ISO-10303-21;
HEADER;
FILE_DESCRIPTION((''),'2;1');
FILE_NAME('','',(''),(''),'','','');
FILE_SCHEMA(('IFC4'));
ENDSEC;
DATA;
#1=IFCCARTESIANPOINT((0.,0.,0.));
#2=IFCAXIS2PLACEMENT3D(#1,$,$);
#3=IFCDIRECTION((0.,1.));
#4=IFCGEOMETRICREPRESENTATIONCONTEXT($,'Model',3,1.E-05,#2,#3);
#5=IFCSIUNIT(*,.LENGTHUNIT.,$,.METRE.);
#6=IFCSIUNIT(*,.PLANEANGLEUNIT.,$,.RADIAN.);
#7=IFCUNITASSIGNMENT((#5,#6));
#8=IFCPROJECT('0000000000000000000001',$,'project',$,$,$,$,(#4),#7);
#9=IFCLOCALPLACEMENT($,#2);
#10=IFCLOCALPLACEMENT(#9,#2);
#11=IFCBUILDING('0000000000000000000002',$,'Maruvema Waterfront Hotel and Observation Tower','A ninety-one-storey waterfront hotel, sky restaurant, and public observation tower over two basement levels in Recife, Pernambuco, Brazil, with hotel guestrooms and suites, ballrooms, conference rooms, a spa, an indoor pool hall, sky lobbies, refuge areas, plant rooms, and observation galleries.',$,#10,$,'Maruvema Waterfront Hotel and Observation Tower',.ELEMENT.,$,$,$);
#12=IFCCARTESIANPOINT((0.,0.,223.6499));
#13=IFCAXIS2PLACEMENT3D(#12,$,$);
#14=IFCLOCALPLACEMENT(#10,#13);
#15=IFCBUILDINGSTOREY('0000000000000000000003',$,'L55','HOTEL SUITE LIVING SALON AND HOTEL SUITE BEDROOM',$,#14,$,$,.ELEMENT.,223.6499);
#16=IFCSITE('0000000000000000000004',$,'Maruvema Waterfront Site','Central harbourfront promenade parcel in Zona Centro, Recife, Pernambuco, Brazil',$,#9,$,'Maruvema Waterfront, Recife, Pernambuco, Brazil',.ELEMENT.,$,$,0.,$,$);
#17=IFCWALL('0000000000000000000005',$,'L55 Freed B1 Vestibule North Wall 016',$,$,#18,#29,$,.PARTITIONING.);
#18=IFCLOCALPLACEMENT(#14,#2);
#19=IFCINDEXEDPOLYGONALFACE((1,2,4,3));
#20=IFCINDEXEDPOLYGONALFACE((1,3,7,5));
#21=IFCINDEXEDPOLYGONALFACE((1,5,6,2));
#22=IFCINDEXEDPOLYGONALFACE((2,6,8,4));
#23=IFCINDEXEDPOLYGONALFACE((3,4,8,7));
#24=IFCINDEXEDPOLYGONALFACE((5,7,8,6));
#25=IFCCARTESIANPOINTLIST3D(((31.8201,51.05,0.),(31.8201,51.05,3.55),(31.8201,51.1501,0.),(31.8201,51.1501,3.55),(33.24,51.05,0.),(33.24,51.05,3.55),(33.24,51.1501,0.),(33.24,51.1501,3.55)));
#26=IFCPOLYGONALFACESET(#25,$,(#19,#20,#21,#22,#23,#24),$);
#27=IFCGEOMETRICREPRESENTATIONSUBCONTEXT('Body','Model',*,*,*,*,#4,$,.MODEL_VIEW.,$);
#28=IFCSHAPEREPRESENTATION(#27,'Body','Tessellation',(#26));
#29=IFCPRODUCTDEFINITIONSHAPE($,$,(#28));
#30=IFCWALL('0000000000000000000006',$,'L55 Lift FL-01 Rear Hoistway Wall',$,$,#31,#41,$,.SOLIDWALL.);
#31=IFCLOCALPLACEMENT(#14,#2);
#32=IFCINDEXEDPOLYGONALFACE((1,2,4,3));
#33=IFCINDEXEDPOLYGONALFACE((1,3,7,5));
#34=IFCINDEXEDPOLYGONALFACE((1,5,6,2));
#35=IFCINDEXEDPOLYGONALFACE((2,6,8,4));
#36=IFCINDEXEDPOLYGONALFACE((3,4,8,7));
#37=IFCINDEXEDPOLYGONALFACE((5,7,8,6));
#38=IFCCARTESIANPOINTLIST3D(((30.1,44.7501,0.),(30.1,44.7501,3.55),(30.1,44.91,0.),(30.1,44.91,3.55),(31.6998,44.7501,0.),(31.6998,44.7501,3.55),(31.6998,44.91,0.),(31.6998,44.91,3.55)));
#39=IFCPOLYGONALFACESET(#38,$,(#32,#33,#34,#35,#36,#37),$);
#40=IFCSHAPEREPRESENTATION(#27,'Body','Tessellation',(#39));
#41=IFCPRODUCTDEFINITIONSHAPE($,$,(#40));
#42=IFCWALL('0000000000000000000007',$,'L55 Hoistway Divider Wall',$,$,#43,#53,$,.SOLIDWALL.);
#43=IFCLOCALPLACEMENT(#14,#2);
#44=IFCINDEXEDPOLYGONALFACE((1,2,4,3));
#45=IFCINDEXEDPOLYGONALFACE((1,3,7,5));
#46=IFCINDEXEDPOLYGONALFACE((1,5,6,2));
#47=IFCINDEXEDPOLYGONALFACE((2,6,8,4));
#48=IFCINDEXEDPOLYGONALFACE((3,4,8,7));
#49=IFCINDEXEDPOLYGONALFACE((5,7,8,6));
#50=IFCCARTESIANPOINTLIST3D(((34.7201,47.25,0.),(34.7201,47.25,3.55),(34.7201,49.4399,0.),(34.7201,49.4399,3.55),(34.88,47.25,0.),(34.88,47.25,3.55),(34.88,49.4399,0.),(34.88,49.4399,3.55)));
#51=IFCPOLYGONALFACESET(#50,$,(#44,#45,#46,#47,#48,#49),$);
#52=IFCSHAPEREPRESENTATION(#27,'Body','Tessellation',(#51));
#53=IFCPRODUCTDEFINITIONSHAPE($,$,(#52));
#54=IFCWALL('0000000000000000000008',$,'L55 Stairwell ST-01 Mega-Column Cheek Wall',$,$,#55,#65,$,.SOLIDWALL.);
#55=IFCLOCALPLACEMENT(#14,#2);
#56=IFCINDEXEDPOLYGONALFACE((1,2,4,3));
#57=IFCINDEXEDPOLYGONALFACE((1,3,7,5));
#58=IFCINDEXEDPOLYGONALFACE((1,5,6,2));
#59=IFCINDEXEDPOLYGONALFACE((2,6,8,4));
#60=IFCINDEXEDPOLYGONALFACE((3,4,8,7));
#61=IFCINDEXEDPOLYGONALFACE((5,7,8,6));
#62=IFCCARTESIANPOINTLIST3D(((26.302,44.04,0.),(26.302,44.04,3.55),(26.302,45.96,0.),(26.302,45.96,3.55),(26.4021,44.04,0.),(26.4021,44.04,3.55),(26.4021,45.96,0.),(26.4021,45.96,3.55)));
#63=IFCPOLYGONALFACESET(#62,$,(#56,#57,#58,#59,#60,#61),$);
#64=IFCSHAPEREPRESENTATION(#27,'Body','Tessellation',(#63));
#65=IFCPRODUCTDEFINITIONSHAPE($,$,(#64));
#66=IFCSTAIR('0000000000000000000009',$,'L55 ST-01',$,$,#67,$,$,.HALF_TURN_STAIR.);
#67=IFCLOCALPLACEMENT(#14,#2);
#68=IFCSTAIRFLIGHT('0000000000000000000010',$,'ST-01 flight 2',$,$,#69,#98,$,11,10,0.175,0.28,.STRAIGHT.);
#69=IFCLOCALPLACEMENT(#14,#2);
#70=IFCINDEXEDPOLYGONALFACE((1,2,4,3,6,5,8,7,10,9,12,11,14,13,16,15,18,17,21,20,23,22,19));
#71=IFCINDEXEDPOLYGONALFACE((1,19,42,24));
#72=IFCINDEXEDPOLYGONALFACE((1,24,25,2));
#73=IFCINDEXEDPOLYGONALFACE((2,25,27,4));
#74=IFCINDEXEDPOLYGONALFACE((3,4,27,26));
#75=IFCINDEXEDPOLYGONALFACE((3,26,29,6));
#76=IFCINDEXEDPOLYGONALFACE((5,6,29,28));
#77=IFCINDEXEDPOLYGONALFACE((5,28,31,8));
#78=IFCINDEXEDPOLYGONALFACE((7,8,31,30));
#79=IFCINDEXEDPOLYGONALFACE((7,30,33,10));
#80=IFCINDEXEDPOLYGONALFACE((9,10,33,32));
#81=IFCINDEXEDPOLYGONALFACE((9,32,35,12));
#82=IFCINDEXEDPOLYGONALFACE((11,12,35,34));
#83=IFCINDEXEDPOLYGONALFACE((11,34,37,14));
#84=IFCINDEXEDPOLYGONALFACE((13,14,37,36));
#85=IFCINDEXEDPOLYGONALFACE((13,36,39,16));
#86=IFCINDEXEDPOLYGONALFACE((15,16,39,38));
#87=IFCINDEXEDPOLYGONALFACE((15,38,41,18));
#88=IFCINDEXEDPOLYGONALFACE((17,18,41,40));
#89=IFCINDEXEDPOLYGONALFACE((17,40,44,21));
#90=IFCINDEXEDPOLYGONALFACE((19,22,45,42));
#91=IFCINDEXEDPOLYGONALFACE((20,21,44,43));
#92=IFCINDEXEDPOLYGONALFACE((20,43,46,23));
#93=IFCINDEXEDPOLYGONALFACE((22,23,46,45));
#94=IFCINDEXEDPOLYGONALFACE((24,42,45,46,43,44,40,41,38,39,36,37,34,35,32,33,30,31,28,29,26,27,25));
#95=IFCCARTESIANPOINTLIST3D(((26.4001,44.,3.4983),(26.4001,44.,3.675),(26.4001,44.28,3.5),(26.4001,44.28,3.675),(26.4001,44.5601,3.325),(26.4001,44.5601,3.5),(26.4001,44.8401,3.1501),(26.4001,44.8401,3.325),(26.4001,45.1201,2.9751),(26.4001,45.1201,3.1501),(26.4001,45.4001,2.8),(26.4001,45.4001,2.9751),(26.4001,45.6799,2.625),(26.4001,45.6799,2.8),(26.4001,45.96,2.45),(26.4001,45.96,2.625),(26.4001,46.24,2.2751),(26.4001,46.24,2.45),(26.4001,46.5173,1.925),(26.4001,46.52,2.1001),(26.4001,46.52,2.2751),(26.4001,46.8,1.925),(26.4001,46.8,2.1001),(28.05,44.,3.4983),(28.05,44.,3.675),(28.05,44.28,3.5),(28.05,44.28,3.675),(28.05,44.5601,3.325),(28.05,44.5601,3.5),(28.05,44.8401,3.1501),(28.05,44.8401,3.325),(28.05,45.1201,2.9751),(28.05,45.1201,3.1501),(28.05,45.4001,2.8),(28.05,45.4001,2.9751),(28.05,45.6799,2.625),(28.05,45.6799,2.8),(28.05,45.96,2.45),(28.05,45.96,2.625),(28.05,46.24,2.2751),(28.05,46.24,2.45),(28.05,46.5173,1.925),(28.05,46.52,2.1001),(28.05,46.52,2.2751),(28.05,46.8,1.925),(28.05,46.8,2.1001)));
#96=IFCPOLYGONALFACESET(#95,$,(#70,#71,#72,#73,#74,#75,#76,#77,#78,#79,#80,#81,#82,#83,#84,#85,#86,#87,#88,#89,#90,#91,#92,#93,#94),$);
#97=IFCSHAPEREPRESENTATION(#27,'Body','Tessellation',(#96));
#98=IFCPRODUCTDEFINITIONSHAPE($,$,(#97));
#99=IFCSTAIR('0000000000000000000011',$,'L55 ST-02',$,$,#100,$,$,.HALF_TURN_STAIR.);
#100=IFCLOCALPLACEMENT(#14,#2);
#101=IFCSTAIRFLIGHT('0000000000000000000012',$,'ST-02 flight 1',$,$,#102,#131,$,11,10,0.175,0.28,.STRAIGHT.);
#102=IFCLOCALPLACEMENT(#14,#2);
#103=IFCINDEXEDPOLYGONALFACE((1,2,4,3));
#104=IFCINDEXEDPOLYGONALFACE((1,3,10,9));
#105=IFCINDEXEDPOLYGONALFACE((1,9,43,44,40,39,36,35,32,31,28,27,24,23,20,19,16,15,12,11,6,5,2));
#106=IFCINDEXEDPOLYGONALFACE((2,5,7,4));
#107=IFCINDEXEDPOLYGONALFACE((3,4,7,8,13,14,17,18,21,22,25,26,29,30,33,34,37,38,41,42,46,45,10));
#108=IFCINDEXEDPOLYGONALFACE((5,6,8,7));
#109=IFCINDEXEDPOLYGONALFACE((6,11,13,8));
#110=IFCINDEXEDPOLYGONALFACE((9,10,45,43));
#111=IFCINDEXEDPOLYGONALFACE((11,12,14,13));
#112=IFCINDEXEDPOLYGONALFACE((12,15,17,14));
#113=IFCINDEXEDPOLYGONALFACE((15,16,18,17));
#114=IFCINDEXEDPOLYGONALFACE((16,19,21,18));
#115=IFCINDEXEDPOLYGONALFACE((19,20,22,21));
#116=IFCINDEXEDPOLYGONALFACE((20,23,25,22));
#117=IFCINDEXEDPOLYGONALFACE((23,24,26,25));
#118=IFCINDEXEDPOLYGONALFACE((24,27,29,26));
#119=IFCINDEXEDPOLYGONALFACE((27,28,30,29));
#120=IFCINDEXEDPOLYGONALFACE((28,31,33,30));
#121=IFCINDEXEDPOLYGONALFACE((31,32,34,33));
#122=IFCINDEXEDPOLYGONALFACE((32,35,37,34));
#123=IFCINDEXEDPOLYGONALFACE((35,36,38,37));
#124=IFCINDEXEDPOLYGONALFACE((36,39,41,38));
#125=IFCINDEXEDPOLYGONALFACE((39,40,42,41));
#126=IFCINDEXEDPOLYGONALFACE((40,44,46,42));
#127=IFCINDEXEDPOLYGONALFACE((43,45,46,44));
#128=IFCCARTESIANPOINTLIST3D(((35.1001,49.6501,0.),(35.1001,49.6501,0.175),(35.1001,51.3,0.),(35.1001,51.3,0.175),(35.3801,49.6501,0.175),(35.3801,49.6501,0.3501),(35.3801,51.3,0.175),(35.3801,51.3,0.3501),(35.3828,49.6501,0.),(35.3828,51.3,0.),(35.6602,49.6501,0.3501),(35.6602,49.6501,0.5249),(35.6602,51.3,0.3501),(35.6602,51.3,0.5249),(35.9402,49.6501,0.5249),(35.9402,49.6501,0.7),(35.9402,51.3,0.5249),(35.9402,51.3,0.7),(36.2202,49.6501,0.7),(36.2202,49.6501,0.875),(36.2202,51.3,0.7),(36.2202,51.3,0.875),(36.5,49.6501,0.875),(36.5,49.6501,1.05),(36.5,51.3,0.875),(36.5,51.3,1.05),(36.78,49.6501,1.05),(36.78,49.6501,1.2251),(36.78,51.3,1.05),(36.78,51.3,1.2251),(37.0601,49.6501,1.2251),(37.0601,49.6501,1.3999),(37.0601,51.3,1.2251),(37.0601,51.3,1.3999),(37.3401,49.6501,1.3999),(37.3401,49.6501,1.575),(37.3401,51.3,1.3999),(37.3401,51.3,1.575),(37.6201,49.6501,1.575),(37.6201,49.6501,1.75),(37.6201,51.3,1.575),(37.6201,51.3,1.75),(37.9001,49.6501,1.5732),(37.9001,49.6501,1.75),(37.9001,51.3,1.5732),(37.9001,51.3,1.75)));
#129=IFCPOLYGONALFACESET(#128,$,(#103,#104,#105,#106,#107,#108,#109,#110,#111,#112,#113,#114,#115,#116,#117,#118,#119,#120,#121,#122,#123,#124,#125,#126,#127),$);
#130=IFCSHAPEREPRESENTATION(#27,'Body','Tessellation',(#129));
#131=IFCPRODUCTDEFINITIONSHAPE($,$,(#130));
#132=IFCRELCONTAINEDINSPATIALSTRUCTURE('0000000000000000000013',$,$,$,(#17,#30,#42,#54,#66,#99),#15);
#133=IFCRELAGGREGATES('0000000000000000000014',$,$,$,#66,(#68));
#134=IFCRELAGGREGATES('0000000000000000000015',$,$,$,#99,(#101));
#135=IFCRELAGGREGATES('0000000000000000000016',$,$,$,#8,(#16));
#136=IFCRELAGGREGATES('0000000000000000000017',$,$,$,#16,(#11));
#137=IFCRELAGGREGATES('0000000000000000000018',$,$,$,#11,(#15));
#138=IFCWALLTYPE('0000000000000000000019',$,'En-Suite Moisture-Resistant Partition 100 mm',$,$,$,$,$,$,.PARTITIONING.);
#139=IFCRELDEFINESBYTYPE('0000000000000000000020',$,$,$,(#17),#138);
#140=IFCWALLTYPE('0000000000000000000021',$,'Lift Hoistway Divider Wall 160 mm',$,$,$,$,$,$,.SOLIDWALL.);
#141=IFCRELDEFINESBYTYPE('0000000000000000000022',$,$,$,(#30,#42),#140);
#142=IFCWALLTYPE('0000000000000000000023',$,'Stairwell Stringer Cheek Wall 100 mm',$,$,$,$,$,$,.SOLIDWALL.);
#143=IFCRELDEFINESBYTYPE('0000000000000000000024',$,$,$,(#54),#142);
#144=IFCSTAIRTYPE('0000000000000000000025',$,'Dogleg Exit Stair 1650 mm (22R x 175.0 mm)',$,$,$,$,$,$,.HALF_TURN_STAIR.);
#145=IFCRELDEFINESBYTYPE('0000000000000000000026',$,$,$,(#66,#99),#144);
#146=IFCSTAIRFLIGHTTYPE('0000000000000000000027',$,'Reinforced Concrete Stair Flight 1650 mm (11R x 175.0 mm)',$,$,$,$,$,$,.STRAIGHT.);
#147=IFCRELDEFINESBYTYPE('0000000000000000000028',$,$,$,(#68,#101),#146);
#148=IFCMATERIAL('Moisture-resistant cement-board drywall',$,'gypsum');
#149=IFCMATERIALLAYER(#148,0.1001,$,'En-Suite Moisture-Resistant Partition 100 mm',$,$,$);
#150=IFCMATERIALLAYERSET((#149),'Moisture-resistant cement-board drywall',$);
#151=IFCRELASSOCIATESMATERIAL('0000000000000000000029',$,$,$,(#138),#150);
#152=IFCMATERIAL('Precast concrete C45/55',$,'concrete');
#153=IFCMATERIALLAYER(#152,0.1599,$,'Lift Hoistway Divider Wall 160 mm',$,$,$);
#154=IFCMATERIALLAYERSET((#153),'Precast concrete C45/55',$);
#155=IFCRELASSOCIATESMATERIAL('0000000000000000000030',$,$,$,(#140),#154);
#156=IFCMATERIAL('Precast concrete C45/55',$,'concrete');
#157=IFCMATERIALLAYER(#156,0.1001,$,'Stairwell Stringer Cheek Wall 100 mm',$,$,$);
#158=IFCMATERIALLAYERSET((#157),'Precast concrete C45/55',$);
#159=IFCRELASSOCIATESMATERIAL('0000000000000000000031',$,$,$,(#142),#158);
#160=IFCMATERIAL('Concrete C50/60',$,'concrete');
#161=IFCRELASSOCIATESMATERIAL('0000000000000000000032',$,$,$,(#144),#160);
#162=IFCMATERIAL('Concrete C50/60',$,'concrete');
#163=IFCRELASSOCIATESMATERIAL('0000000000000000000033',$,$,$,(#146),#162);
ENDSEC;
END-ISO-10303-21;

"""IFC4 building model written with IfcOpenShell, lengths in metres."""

from ifc_helpers import new_model, si_unit, direction, frame, frame_2d, origin, place, context, subcontext, project, spatial, polyline, rectangle, outline, extrude, material, layer, layer_set, type_object, element, aggregate, save


model = new_model("IFC4")

# Units and contexts
model_context = context("Model", 3, precision=1e-05, world=origin(), true_north=direction((0.0, 1.0)))
body_context = subcontext(model_context, "Body", "Model", "MODEL_VIEW")
ifc_project = project(units=[si_unit("LENGTHUNIT", "METRE"), si_unit("PLANEANGLEUNIT", "RADIAN")], contexts=[model_context])

# Site, building, storey
site_placement = place(None, origin())
site = spatial("IfcSite", under=ifc_project, at=site_placement, Name="Maruvema Waterfront Site", Description="Central harbourfront promenade parcel in Zona Centro, Recife, Pernambuco, Brazil", LongName="Maruvema Waterfront, Recife, Pernambuco, Brazil", CompositionType="ELEMENT", RefElevation=0.0)
building_placement = place(site_placement, origin())
building = spatial("IfcBuilding", under=site, at=building_placement, Name="Maruvema Waterfront Hotel and Observation Tower", Description="A ninety-one-storey waterfront hotel, sky restaurant, and public observation tower over two basement levels in Recife, Pernambuco, Brazil, with hotel guestrooms and suites, ballrooms, conference rooms, a spa, an indoor pool hall, sky lobbies, refuge areas, plant rooms, and observation galleries.", LongName="Maruvema Waterfront Hotel and Observation Tower", CompositionType="ELEMENT")
storey_placement = place(building_placement, frame((0.0, 0.0, 223.6499)))
storey = spatial("IfcBuildingStorey", under=building, at=storey_placement, Name="L55", Description="HOTEL SUITE LIVING SALON AND HOTEL SUITE BEDROOM", CompositionType="ELEMENT", Elevation=223.6499)

# Shared definitions
ifc_material_1 = material(Name="Moisture-resistant cement-board drywall", Category="gypsum")
ifc_layer_1 = layer(ifc_material_1, 0.1001, Name="En-Suite Moisture-Resistant Partition 100 mm")
ifc_layer_set_1 = layer_set([ifc_layer_1], Name="Moisture-resistant cement-board drywall")
wall_type_1 = type_object("IfcWallType", Name="En-Suite Moisture-Resistant Partition 100 mm", PredefinedType="PARTITIONING", material=ifc_layer_set_1)

# Walls
wall_1_placement = place(storey_placement, frame((31.8201, 51.1001, 0.0), z_axis=(0.0, 0.0, 1.0), x_axis=(1.0, 0.0, 0.0)))
element("IfcWall", 1, at=wall_1_placement, inside=storey, type_object=wall_type_1, Name="L55 Freed B1 Vestibule North Wall 016", PredefinedType="PARTITIONING", context=body_context, shape_type="SweptSolid", body=[
    extrude(rectangle(XDim=1.4199, YDim=0.1001, at=frame_2d((0.71, 0.0))), origin(), (0.0, 0.0, 1.0), 3.55),
])
ifc_material_2 = material(Name="Precast concrete C45/55", Category="concrete")
ifc_layer_2 = layer(ifc_material_2, 0.1599, Name="Lift Hoistway Divider Wall 160 mm")
ifc_layer_set_2 = layer_set([ifc_layer_2], Name="Precast concrete C45/55")
wall_type_2 = type_object("IfcWallType", Name="Lift Hoistway Divider Wall 160 mm", PredefinedType="SOLIDWALL", material=ifc_layer_set_2)
wall_2_placement = place(storey_placement, frame((30.1001, 44.8301, 0.0), z_axis=(0.0, 0.0, 1.0), x_axis=(1.0, 0.0, 0.0)))
element("IfcWall", 2, at=wall_2_placement, inside=storey, type_object=wall_type_2, Name="L55 Lift FL-01 Rear Hoistway Wall", PredefinedType="SOLIDWALL", context=body_context, shape_type="SweptSolid", body=[
    extrude(rectangle(XDim=1.5999, YDim=0.1599, at=frame_2d((0.7998, 0.0))), origin(), (0.0, 0.0, 1.0), 3.55),
])
wall_3_placement = place(storey_placement, frame((34.8, 47.25, 0.0), z_axis=(0.0, 0.0, 1.0), x_axis=(0.0, 1.0, 0.0)))
element("IfcWall", 3, at=wall_3_placement, inside=storey, type_object=wall_type_2, Name="L55 Hoistway Divider Wall", PredefinedType="SOLIDWALL", context=body_context, shape_type="SweptSolid", body=[
    extrude(rectangle(XDim=2.1899, YDim=0.1599, at=frame_2d((1.095, 0.0))), origin(), (0.0, 0.0, 1.0), 3.55),
])
ifc_material_3 = material(Name="Precast concrete C45/55", Category="concrete")
ifc_layer_3 = layer(ifc_material_3, 0.1001, Name="Stairwell Stringer Cheek Wall 100 mm")
ifc_layer_set_3 = layer_set([ifc_layer_3], Name="Precast concrete C45/55")
wall_type_3 = type_object("IfcWallType", Name="Stairwell Stringer Cheek Wall 100 mm", PredefinedType="SOLIDWALL", material=ifc_layer_set_3)
wall_4_placement = place(storey_placement, frame((26.3521, 44.04, 0.0), z_axis=(0.0, 0.0, 1.0), x_axis=(0.0, 1.0, 0.0)))
element("IfcWall", 4, at=wall_4_placement, inside=storey, type_object=wall_type_3, Name="L55 Stairwell ST-01 Mega-Column Cheek Wall", PredefinedType="SOLIDWALL", context=body_context, shape_type="SweptSolid", body=[
    extrude(rectangle(XDim=1.9199, YDim=0.1001, at=frame_2d((0.96, 0.0))), origin(), (0.0, 0.0, 1.0), 3.55),
])

# Stairs, stair flights
ifc_material_4 = material(Name="Concrete C50/60", Category="concrete")
stair_type = type_object("IfcStairType", Name="Dogleg Exit Stair 1650 mm (22R x 175.0 mm)", PredefinedType="HALF_TURN_STAIR", material=ifc_material_4)
stair_1_placement = place(storey_placement, origin())
stair_1 = element("IfcStair", 5, at=stair_1_placement, inside=storey, type_object=stair_type, Name="L55 ST-01", PredefinedType="HALF_TURN_STAIR")
ifc_material_5 = material(Name="Concrete C50/60", Category="concrete")
stair_flight_type = type_object("IfcStairFlightType", Name="Reinforced Concrete Stair Flight 1650 mm (11R x 175.0 mm)", PredefinedType="STRAIGHT", material=ifc_material_5)
stair_flight_1_placement = place(storey_placement, frame((27.2251, 46.8, 1.925), z_axis=(0.0, 0.0, 1.0), x_axis=(0.0, -1.0, 0.0)))
stair_flight_1 = element("IfcStairFlight", 6, at=stair_flight_1_placement, type_object=stair_flight_type, Name="ST-01 flight 2", NumberOfRisers=11, NumberOfTreads=10, PredefinedType="STRAIGHT", RiserHeight=0.175, TreadLength=0.28, context=body_context, shape_type="SweptSolid", body=[
    extrude(outline(polyline([(0.0, 0.0), (0.0, 0.175), (0.28, 0.175), (0.28, 0.3501), (0.5601, 0.3501), (0.5601, 0.5249), (0.8401, 0.5249), (0.8401, 0.7), (1.1201, 0.7), (1.1201, 0.875), (1.3999, 0.875), (1.3999, 1.05), (1.6799, 1.05), (1.6799, 1.2251), (1.96, 1.2251), (1.96, 1.3999), (2.24, 1.3999), (2.24, 1.575), (2.52, 1.575), (2.52, 1.75), (2.8, 1.75), (2.8, 1.925), (2.8, 1.5732), (0.2827, 0.0), (0.0, 0.0)])), frame((0.0, 0.825, 0.0), z_axis=(0.0, -1.0, 0.0), x_axis=(1.0, 0.0, 0.0)), (0.0, 0.0, 1.0), 1.6499),
])
aggregate(stair_1, [stair_flight_1])
stair_2_placement = place(storey_placement, origin())
stair_2 = element("IfcStair", 7, at=stair_2_placement, inside=storey, type_object=stair_type, Name="L55 ST-02", PredefinedType="HALF_TURN_STAIR")
stair_flight_2_placement = place(storey_placement, frame((35.1001, 50.4751, 0.0), z_axis=(0.0, 0.0, 1.0), x_axis=(1.0, 0.0, 0.0)))
stair_flight_2 = element("IfcStairFlight", 8, at=stair_flight_2_placement, type_object=stair_flight_type, Name="ST-02 flight 1", NumberOfRisers=11, NumberOfTreads=10, PredefinedType="STRAIGHT", RiserHeight=0.175, TreadLength=0.28, context=body_context, shape_type="SweptSolid", body=[
    extrude(outline(polyline([(0.0, 0.0), (0.0, 0.175), (0.28, 0.175), (0.28, 0.3501), (0.5601, 0.3501), (0.5601, 0.5249), (0.8401, 0.5249), (0.8401, 0.7), (1.1201, 0.7), (1.1201, 0.875), (1.3999, 0.875), (1.3999, 1.05), (1.6799, 1.05), (1.6799, 1.2251), (1.96, 1.2251), (1.96, 1.3999), (2.24, 1.3999), (2.24, 1.575), (2.52, 1.575), (2.52, 1.75), (2.8, 1.75), (2.8, 1.925), (2.8, 1.5732), (0.2827, 0.0), (0.0, 0.0)])), frame((0.0, 0.825, 0.0), z_axis=(0.0, -1.0, 0.0), x_axis=(1.0, 0.0, 0.0)), (0.0, 0.0, 1.0), 1.6499),
])
aggregate(stair_2, [stair_flight_2])

save(model, "model.ifc")
